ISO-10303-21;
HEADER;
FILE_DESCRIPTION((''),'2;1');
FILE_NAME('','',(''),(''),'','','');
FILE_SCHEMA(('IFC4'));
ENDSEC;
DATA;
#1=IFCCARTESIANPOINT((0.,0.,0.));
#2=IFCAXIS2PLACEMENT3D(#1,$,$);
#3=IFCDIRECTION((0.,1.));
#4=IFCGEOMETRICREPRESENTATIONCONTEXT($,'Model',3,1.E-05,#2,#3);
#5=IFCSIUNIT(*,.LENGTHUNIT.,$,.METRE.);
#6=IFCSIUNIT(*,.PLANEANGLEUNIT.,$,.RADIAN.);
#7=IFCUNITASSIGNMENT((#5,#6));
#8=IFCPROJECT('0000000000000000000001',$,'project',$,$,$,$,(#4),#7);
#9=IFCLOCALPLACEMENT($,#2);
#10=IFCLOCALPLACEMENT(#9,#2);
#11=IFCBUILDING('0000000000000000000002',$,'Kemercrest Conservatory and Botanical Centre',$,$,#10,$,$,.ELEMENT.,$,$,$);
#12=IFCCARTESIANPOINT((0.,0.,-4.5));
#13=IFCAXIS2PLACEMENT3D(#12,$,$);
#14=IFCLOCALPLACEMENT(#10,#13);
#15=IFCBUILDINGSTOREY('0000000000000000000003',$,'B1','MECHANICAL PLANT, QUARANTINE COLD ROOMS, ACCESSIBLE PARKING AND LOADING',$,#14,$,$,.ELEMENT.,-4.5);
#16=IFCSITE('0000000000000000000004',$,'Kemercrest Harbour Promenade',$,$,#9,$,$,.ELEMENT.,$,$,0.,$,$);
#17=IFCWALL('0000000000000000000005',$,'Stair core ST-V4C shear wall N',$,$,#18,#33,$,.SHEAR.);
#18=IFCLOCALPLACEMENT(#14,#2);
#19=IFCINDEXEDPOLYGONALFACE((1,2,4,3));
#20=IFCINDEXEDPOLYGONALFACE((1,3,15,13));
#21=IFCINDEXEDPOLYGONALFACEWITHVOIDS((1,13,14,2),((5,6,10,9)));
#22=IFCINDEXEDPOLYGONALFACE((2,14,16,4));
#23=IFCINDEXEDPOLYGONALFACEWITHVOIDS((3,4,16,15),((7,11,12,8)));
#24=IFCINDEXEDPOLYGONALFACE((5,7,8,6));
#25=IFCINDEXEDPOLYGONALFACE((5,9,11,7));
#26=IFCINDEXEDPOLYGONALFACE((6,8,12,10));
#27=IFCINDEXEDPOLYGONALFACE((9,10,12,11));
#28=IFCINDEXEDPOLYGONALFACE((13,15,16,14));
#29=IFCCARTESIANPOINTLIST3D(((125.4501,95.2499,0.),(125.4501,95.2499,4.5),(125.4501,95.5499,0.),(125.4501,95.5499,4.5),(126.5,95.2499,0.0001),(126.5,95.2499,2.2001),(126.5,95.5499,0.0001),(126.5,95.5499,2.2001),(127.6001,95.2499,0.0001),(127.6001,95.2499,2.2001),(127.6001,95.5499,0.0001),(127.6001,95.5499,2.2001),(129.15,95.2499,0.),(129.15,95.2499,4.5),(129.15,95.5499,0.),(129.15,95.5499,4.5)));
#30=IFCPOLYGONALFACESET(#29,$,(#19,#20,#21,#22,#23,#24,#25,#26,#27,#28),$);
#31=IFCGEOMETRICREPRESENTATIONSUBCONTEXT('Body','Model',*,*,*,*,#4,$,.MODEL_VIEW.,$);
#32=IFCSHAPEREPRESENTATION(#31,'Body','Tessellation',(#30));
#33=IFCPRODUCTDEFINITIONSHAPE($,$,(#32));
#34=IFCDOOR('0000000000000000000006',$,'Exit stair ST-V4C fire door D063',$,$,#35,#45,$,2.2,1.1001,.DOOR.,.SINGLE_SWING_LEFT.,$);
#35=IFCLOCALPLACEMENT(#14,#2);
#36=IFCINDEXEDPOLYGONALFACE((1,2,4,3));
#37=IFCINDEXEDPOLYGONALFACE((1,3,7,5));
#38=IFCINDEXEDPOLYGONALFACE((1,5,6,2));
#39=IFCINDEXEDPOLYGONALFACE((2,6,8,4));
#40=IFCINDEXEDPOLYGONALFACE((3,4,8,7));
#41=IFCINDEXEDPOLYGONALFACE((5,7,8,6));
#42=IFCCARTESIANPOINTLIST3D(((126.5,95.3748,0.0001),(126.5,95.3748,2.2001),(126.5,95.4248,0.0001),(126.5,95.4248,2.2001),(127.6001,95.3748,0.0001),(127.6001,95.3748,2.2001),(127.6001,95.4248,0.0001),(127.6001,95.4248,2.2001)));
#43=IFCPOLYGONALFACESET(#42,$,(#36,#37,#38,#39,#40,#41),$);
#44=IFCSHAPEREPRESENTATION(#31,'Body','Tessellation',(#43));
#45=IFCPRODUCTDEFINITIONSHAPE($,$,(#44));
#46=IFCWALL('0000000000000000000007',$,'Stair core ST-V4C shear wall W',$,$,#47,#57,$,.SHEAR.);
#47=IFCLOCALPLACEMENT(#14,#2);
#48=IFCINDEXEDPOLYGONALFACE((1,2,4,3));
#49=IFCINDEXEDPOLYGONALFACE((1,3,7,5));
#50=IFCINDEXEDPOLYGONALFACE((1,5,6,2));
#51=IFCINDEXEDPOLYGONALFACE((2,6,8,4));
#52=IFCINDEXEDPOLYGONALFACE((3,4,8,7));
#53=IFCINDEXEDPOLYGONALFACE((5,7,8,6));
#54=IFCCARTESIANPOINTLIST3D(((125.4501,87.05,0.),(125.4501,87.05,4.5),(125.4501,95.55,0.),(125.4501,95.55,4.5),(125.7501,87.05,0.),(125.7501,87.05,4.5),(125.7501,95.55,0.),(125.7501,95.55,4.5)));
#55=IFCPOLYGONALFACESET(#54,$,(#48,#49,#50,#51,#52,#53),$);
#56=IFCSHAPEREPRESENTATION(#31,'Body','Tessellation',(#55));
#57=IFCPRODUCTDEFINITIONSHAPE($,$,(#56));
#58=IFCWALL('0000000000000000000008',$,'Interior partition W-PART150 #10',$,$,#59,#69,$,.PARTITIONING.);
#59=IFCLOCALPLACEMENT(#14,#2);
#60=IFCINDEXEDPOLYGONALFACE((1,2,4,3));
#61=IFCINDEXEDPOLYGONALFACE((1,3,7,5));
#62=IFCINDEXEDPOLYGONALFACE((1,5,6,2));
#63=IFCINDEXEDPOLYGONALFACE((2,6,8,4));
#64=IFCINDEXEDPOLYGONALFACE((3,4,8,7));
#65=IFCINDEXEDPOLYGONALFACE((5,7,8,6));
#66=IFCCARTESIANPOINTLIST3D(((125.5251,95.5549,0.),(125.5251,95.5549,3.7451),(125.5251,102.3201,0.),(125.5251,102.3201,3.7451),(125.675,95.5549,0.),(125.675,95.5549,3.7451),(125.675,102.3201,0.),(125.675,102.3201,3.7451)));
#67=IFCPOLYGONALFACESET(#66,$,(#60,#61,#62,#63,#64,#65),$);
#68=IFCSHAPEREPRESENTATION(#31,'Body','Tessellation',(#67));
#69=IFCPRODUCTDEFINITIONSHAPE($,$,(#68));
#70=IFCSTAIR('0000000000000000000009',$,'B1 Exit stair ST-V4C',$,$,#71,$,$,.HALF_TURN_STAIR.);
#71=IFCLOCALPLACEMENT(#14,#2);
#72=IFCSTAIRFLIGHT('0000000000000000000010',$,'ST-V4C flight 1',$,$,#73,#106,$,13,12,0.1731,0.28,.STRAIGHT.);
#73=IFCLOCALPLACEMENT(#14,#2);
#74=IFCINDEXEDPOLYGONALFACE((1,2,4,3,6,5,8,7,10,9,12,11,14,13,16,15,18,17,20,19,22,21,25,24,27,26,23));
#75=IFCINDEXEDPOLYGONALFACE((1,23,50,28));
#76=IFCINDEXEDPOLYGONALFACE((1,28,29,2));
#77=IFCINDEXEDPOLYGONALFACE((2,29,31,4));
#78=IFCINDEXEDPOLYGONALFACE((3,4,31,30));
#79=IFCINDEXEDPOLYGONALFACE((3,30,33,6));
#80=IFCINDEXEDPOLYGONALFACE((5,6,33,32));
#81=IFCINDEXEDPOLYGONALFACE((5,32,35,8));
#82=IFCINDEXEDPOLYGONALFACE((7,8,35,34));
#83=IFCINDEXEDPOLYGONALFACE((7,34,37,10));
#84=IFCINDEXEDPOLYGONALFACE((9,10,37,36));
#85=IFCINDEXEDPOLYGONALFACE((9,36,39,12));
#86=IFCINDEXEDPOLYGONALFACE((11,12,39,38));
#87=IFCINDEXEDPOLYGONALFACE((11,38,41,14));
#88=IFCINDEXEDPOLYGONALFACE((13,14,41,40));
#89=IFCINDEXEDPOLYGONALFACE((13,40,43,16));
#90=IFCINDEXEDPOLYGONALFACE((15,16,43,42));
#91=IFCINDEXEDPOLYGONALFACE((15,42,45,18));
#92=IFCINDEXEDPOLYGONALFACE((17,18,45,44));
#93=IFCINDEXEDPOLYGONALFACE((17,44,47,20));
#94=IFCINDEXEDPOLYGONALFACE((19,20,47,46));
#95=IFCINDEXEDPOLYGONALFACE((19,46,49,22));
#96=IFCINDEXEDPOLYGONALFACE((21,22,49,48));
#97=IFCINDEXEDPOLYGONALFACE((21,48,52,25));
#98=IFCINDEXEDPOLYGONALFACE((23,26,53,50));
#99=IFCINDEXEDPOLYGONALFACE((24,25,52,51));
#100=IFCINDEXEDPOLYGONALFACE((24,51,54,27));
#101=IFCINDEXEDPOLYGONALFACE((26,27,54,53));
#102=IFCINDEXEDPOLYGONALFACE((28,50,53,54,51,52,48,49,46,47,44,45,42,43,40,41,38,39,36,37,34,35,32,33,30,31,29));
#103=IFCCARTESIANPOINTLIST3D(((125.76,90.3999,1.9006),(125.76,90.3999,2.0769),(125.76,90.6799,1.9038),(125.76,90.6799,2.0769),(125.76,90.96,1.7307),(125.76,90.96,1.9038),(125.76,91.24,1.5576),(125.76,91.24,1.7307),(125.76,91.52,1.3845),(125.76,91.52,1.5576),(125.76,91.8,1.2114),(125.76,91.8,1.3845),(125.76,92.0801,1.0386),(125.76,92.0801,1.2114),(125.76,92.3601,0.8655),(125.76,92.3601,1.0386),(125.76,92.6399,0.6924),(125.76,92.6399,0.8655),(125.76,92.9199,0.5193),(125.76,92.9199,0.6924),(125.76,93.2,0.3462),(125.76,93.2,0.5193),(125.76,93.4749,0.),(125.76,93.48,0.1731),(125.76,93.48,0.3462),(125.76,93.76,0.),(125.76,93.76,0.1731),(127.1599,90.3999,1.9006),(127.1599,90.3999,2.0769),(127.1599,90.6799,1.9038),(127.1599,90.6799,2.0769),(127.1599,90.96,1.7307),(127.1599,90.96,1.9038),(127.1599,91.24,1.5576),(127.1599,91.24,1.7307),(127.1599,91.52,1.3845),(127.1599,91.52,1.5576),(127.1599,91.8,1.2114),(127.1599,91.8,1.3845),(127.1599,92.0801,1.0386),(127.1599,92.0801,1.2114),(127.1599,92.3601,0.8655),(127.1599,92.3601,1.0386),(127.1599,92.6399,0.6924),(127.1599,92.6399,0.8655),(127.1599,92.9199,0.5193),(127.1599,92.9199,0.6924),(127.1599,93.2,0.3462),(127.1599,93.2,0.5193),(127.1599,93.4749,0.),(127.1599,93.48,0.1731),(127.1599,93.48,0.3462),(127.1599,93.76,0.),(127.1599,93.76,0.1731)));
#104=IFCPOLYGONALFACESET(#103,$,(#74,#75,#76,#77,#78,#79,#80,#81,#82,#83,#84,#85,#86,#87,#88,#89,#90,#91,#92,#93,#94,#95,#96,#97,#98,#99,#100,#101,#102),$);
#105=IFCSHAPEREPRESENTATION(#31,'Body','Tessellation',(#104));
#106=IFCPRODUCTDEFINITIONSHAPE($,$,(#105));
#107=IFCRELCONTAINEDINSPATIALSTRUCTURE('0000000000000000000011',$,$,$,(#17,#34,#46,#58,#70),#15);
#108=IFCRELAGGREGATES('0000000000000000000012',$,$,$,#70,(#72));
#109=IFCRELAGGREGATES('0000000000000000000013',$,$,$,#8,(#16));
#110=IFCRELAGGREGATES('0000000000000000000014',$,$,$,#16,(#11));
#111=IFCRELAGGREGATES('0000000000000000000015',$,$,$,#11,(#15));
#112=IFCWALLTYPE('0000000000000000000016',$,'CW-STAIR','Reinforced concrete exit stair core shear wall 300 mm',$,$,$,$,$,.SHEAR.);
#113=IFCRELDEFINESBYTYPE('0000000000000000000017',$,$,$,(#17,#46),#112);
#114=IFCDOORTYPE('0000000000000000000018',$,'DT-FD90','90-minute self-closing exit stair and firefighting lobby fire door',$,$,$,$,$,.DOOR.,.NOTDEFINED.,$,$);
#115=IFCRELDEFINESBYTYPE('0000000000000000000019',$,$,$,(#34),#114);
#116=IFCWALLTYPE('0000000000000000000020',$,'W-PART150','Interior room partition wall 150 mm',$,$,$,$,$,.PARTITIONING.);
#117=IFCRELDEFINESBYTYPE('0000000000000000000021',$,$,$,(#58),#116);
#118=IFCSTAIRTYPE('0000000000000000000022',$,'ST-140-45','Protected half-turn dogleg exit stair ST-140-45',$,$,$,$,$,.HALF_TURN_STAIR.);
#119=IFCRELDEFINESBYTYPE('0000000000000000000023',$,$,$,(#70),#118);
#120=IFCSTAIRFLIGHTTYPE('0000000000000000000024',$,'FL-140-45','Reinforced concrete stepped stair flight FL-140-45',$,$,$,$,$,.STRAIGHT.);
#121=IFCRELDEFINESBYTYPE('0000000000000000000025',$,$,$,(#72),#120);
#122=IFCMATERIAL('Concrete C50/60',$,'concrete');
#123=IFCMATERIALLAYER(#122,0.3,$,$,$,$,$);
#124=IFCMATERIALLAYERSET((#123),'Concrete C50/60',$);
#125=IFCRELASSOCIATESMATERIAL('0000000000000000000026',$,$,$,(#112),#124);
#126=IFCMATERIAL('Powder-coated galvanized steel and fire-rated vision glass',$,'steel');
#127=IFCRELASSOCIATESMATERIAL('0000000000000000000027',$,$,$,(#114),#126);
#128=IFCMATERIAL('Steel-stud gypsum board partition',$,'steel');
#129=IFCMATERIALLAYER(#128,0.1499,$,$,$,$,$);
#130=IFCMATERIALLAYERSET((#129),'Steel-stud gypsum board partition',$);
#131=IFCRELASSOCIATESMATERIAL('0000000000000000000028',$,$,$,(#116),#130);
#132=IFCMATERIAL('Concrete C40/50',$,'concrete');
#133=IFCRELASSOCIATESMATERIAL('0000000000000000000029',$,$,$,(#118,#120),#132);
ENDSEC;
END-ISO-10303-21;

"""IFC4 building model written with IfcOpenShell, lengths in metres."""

from ifc_helpers import new_model, si_unit, direction, frame, frame_2d, origin, place, context, subcontext, project, spatial, polyline, rectangle, outline, extrude, material, layer, layer_set, type_object, element, fill, aggregate, save


model = new_model("IFC4")

# Units and contexts
model_context = context("Model", 3, precision=1e-05, world=origin(), true_north=direction((0.0, 1.0)))
body_context = subcontext(model_context, "Body", "Model", "MODEL_VIEW")
ifc_project = project(units=[si_unit("LENGTHUNIT", "METRE"), si_unit("PLANEANGLEUNIT", "RADIAN")], contexts=[model_context])

# Site, building, storey
site_placement = place(None, origin())
site = spatial("IfcSite", under=ifc_project, at=site_placement, Name="Kemercrest Harbour Promenade", CompositionType="ELEMENT", RefElevation=0.0)
building_placement = place(site_placement, origin())
building = spatial("IfcBuilding", under=site, at=building_placement, Name="Kemercrest Conservatory and Botanical Centre", CompositionType="ELEMENT")
storey_placement = place(building_placement, frame((0.0, 0.0, -4.5)))
storey = spatial("IfcBuildingStorey", under=building, at=storey_placement, Name="B1", Description="MECHANICAL PLANT, QUARANTINE COLD ROOMS, ACCESSIBLE PARKING AND LOADING", CompositionType="ELEMENT", Elevation=-4.5)

# Shared definitions
ifc_material_1 = material(Name="Concrete C40/50", Category="concrete")

# Shared definitions
ifc_material_2 = material(Name="Concrete C50/60", Category="concrete")

# Wall, opening, door
ifc_layer_1 = layer(ifc_material_2, 0.3)
ifc_layer_set_1 = layer_set([ifc_layer_1], Name="Concrete C50/60")
wall_type_1 = type_object("IfcWallType", Name="CW-STAIR", Description="Reinforced concrete exit stair core shear wall 300 mm", PredefinedType="SHEAR", material=ifc_layer_set_1)
wall_1_placement = place(storey_placement, frame((125.45, 95.3999, 0.0), z_axis=(0.0, 0.0, 1.0), x_axis=(1.0, 0.0, 0.0)))
wall_1 = element("IfcWall", 1, at=wall_1_placement, inside=storey, type_object=wall_type_1, Name="Stair core ST-V4C shear wall N", PredefinedType="SHEAR", context=body_context, shape_type="SweptSolid", body=[
    extrude(rectangle(XDim=3.7, YDim=0.3, at=frame_2d((1.8501, 0.0))), origin(), (0.0, 0.0, 1.0), 4.5),
])
opening_placement = place(wall_1_placement, frame((1.05, 0.0, 0.0)))
opening = element("IfcOpeningElement", 2, at=opening_placement, cuts=wall_1, PredefinedType="OPENING", context=body_context, shape_type="SweptSolid", body=[
    extrude(rectangle(XDim=1.1001, YDim=2.2, at=frame_2d((0.55, 1.1001))), frame((0.0, 0.1602, 0.0), z_axis=(0.0, -1.0, 0.0), x_axis=(1.0, 0.0, 0.0)), (0.0, 0.0, 1.0), 0.3201),
])
ifc_material_3 = material(Name="Powder-coated galvanized steel and fire-rated vision glass", Category="steel")
door_type = type_object("IfcDoorType", Name="DT-FD90", Description="90-minute self-closing exit stair and firefighting lobby fire door", OperationType="NOTDEFINED", PredefinedType="DOOR", material=ifc_material_3)
door_placement = place(opening_placement, origin())
door = element("IfcDoor", 3, at=door_placement, inside=storey, type_object=door_type, Name="Exit stair ST-V4C fire door D063", OperationType="SINGLE_SWING_LEFT", OverallHeight=2.2, OverallWidth=1.1001, PredefinedType="DOOR", context=body_context, shape_type="SweptSolid", body=[
    extrude(rectangle(XDim=1.1001, YDim=2.2, at=frame_2d((0.55, 1.1001))), frame((0.0, 0.0249, 0.0), z_axis=(0.0, -1.0, 0.0), x_axis=(1.0, 0.0, 0.0)), (0.0, 0.0, 1.0), 0.05),
])
fill(opening, door)

# Walls
wall_2_placement = place(storey_placement, frame((125.6001, 87.05, 0.0), z_axis=(0.0, 0.0, 1.0), x_axis=(0.0, 1.0, 0.0)))
element("IfcWall", 4, at=wall_2_placement, inside=storey, type_object=wall_type_1, Name="Stair core ST-V4C shear wall W", PredefinedType="SHEAR", context=body_context, shape_type="SweptSolid", body=[
    extrude(rectangle(XDim=8.5, YDim=0.3, at=frame_2d((4.25, 0.0))), origin(), (0.0, 0.0, 1.0), 4.5),
])
ifc_material_4 = material(Name="Steel-stud gypsum board partition", Category="steel")
ifc_layer_2 = layer(ifc_material_4, 0.1499)
ifc_layer_set_2 = layer_set([ifc_layer_2], Name="Steel-stud gypsum board partition")
wall_type_2 = type_object("IfcWallType", Name="W-PART150", Description="Interior room partition wall 150 mm", PredefinedType="PARTITIONING", material=ifc_layer_set_2)
wall_3_placement = place(storey_placement, frame((125.6001, 95.5549, 0.0), z_axis=(0.0, 0.0, 1.0), x_axis=(0.0, 1.0, 0.0)))
element("IfcWall", 5, at=wall_3_placement, inside=storey, type_object=wall_type_2, Name="Interior partition W-PART150 #10", PredefinedType="PARTITIONING", context=body_context, shape_type="SweptSolid", body=[
    extrude(rectangle(XDim=6.7651, YDim=0.1499, at=frame_2d((3.3826, 0.0))), origin(), (0.0, 0.0, 1.0), 3.7451),
])

# Stair, stair flight
stair_type = type_object("IfcStairType", Name="ST-140-45", Description="Protected half-turn dogleg exit stair ST-140-45", PredefinedType="HALF_TURN_STAIR", material=ifc_material_1)
stair_placement = place(storey_placement, origin())
stair = element("IfcStair", 6, at=stair_placement, inside=storey, type_object=stair_type, Name="B1 Exit stair ST-V4C", PredefinedType="HALF_TURN_STAIR")
stair_flight_type = type_object("IfcStairFlightType", Name="FL-140-45", Description="Reinforced concrete stepped stair flight FL-140-45", PredefinedType="STRAIGHT", material=ifc_material_1)
stair_flight_placement = place(storey_placement, frame((126.46, 93.76, 0.0), z_axis=(0.0, 0.0, 1.0), x_axis=(0.0, -1.0, 0.0)))
stair_flight = element("IfcStairFlight", 7, at=stair_flight_placement, type_object=stair_flight_type, Name="ST-V4C flight 1", NumberOfRisers=13, NumberOfTreads=12, PredefinedType="STRAIGHT", RiserHeight=0.1731, TreadLength=0.28, context=body_context, shape_type="SweptSolid", body=[
    extrude(outline(polyline([(0.0, 0.0), (0.0, 0.1731), (0.28, 0.1731), (0.28, 0.3462), (0.5601, 0.3462), (0.5601, 0.5193), (0.8401, 0.5193), (0.8401, 0.6924), (1.1201, 0.6924), (1.1201, 0.8655), (1.3999, 0.8655), (1.3999, 1.0386), (1.6799, 1.0386), (1.6799, 1.2114), (1.96, 1.2114), (1.96, 1.3845), (2.24, 1.3845), (2.24, 1.5576), (2.52, 1.5576), (2.52, 1.7307), (2.8, 1.7307), (2.8, 1.9038), (3.0801, 1.9038), (3.0801, 2.0769), (3.3601, 2.0769), (3.3601, 2.25), (3.3601, 1.9006), (0.2852, 0.0), (0.0, 0.0)])), frame((0.0, 0.7, 0.0), z_axis=(0.0, -1.0, 0.0), x_axis=(1.0, 0.0, 0.0)), (0.0, 0.0, 1.0), 1.3999),
])
aggregate(stair, [stair_flight])

save(model, "model.ifc")
